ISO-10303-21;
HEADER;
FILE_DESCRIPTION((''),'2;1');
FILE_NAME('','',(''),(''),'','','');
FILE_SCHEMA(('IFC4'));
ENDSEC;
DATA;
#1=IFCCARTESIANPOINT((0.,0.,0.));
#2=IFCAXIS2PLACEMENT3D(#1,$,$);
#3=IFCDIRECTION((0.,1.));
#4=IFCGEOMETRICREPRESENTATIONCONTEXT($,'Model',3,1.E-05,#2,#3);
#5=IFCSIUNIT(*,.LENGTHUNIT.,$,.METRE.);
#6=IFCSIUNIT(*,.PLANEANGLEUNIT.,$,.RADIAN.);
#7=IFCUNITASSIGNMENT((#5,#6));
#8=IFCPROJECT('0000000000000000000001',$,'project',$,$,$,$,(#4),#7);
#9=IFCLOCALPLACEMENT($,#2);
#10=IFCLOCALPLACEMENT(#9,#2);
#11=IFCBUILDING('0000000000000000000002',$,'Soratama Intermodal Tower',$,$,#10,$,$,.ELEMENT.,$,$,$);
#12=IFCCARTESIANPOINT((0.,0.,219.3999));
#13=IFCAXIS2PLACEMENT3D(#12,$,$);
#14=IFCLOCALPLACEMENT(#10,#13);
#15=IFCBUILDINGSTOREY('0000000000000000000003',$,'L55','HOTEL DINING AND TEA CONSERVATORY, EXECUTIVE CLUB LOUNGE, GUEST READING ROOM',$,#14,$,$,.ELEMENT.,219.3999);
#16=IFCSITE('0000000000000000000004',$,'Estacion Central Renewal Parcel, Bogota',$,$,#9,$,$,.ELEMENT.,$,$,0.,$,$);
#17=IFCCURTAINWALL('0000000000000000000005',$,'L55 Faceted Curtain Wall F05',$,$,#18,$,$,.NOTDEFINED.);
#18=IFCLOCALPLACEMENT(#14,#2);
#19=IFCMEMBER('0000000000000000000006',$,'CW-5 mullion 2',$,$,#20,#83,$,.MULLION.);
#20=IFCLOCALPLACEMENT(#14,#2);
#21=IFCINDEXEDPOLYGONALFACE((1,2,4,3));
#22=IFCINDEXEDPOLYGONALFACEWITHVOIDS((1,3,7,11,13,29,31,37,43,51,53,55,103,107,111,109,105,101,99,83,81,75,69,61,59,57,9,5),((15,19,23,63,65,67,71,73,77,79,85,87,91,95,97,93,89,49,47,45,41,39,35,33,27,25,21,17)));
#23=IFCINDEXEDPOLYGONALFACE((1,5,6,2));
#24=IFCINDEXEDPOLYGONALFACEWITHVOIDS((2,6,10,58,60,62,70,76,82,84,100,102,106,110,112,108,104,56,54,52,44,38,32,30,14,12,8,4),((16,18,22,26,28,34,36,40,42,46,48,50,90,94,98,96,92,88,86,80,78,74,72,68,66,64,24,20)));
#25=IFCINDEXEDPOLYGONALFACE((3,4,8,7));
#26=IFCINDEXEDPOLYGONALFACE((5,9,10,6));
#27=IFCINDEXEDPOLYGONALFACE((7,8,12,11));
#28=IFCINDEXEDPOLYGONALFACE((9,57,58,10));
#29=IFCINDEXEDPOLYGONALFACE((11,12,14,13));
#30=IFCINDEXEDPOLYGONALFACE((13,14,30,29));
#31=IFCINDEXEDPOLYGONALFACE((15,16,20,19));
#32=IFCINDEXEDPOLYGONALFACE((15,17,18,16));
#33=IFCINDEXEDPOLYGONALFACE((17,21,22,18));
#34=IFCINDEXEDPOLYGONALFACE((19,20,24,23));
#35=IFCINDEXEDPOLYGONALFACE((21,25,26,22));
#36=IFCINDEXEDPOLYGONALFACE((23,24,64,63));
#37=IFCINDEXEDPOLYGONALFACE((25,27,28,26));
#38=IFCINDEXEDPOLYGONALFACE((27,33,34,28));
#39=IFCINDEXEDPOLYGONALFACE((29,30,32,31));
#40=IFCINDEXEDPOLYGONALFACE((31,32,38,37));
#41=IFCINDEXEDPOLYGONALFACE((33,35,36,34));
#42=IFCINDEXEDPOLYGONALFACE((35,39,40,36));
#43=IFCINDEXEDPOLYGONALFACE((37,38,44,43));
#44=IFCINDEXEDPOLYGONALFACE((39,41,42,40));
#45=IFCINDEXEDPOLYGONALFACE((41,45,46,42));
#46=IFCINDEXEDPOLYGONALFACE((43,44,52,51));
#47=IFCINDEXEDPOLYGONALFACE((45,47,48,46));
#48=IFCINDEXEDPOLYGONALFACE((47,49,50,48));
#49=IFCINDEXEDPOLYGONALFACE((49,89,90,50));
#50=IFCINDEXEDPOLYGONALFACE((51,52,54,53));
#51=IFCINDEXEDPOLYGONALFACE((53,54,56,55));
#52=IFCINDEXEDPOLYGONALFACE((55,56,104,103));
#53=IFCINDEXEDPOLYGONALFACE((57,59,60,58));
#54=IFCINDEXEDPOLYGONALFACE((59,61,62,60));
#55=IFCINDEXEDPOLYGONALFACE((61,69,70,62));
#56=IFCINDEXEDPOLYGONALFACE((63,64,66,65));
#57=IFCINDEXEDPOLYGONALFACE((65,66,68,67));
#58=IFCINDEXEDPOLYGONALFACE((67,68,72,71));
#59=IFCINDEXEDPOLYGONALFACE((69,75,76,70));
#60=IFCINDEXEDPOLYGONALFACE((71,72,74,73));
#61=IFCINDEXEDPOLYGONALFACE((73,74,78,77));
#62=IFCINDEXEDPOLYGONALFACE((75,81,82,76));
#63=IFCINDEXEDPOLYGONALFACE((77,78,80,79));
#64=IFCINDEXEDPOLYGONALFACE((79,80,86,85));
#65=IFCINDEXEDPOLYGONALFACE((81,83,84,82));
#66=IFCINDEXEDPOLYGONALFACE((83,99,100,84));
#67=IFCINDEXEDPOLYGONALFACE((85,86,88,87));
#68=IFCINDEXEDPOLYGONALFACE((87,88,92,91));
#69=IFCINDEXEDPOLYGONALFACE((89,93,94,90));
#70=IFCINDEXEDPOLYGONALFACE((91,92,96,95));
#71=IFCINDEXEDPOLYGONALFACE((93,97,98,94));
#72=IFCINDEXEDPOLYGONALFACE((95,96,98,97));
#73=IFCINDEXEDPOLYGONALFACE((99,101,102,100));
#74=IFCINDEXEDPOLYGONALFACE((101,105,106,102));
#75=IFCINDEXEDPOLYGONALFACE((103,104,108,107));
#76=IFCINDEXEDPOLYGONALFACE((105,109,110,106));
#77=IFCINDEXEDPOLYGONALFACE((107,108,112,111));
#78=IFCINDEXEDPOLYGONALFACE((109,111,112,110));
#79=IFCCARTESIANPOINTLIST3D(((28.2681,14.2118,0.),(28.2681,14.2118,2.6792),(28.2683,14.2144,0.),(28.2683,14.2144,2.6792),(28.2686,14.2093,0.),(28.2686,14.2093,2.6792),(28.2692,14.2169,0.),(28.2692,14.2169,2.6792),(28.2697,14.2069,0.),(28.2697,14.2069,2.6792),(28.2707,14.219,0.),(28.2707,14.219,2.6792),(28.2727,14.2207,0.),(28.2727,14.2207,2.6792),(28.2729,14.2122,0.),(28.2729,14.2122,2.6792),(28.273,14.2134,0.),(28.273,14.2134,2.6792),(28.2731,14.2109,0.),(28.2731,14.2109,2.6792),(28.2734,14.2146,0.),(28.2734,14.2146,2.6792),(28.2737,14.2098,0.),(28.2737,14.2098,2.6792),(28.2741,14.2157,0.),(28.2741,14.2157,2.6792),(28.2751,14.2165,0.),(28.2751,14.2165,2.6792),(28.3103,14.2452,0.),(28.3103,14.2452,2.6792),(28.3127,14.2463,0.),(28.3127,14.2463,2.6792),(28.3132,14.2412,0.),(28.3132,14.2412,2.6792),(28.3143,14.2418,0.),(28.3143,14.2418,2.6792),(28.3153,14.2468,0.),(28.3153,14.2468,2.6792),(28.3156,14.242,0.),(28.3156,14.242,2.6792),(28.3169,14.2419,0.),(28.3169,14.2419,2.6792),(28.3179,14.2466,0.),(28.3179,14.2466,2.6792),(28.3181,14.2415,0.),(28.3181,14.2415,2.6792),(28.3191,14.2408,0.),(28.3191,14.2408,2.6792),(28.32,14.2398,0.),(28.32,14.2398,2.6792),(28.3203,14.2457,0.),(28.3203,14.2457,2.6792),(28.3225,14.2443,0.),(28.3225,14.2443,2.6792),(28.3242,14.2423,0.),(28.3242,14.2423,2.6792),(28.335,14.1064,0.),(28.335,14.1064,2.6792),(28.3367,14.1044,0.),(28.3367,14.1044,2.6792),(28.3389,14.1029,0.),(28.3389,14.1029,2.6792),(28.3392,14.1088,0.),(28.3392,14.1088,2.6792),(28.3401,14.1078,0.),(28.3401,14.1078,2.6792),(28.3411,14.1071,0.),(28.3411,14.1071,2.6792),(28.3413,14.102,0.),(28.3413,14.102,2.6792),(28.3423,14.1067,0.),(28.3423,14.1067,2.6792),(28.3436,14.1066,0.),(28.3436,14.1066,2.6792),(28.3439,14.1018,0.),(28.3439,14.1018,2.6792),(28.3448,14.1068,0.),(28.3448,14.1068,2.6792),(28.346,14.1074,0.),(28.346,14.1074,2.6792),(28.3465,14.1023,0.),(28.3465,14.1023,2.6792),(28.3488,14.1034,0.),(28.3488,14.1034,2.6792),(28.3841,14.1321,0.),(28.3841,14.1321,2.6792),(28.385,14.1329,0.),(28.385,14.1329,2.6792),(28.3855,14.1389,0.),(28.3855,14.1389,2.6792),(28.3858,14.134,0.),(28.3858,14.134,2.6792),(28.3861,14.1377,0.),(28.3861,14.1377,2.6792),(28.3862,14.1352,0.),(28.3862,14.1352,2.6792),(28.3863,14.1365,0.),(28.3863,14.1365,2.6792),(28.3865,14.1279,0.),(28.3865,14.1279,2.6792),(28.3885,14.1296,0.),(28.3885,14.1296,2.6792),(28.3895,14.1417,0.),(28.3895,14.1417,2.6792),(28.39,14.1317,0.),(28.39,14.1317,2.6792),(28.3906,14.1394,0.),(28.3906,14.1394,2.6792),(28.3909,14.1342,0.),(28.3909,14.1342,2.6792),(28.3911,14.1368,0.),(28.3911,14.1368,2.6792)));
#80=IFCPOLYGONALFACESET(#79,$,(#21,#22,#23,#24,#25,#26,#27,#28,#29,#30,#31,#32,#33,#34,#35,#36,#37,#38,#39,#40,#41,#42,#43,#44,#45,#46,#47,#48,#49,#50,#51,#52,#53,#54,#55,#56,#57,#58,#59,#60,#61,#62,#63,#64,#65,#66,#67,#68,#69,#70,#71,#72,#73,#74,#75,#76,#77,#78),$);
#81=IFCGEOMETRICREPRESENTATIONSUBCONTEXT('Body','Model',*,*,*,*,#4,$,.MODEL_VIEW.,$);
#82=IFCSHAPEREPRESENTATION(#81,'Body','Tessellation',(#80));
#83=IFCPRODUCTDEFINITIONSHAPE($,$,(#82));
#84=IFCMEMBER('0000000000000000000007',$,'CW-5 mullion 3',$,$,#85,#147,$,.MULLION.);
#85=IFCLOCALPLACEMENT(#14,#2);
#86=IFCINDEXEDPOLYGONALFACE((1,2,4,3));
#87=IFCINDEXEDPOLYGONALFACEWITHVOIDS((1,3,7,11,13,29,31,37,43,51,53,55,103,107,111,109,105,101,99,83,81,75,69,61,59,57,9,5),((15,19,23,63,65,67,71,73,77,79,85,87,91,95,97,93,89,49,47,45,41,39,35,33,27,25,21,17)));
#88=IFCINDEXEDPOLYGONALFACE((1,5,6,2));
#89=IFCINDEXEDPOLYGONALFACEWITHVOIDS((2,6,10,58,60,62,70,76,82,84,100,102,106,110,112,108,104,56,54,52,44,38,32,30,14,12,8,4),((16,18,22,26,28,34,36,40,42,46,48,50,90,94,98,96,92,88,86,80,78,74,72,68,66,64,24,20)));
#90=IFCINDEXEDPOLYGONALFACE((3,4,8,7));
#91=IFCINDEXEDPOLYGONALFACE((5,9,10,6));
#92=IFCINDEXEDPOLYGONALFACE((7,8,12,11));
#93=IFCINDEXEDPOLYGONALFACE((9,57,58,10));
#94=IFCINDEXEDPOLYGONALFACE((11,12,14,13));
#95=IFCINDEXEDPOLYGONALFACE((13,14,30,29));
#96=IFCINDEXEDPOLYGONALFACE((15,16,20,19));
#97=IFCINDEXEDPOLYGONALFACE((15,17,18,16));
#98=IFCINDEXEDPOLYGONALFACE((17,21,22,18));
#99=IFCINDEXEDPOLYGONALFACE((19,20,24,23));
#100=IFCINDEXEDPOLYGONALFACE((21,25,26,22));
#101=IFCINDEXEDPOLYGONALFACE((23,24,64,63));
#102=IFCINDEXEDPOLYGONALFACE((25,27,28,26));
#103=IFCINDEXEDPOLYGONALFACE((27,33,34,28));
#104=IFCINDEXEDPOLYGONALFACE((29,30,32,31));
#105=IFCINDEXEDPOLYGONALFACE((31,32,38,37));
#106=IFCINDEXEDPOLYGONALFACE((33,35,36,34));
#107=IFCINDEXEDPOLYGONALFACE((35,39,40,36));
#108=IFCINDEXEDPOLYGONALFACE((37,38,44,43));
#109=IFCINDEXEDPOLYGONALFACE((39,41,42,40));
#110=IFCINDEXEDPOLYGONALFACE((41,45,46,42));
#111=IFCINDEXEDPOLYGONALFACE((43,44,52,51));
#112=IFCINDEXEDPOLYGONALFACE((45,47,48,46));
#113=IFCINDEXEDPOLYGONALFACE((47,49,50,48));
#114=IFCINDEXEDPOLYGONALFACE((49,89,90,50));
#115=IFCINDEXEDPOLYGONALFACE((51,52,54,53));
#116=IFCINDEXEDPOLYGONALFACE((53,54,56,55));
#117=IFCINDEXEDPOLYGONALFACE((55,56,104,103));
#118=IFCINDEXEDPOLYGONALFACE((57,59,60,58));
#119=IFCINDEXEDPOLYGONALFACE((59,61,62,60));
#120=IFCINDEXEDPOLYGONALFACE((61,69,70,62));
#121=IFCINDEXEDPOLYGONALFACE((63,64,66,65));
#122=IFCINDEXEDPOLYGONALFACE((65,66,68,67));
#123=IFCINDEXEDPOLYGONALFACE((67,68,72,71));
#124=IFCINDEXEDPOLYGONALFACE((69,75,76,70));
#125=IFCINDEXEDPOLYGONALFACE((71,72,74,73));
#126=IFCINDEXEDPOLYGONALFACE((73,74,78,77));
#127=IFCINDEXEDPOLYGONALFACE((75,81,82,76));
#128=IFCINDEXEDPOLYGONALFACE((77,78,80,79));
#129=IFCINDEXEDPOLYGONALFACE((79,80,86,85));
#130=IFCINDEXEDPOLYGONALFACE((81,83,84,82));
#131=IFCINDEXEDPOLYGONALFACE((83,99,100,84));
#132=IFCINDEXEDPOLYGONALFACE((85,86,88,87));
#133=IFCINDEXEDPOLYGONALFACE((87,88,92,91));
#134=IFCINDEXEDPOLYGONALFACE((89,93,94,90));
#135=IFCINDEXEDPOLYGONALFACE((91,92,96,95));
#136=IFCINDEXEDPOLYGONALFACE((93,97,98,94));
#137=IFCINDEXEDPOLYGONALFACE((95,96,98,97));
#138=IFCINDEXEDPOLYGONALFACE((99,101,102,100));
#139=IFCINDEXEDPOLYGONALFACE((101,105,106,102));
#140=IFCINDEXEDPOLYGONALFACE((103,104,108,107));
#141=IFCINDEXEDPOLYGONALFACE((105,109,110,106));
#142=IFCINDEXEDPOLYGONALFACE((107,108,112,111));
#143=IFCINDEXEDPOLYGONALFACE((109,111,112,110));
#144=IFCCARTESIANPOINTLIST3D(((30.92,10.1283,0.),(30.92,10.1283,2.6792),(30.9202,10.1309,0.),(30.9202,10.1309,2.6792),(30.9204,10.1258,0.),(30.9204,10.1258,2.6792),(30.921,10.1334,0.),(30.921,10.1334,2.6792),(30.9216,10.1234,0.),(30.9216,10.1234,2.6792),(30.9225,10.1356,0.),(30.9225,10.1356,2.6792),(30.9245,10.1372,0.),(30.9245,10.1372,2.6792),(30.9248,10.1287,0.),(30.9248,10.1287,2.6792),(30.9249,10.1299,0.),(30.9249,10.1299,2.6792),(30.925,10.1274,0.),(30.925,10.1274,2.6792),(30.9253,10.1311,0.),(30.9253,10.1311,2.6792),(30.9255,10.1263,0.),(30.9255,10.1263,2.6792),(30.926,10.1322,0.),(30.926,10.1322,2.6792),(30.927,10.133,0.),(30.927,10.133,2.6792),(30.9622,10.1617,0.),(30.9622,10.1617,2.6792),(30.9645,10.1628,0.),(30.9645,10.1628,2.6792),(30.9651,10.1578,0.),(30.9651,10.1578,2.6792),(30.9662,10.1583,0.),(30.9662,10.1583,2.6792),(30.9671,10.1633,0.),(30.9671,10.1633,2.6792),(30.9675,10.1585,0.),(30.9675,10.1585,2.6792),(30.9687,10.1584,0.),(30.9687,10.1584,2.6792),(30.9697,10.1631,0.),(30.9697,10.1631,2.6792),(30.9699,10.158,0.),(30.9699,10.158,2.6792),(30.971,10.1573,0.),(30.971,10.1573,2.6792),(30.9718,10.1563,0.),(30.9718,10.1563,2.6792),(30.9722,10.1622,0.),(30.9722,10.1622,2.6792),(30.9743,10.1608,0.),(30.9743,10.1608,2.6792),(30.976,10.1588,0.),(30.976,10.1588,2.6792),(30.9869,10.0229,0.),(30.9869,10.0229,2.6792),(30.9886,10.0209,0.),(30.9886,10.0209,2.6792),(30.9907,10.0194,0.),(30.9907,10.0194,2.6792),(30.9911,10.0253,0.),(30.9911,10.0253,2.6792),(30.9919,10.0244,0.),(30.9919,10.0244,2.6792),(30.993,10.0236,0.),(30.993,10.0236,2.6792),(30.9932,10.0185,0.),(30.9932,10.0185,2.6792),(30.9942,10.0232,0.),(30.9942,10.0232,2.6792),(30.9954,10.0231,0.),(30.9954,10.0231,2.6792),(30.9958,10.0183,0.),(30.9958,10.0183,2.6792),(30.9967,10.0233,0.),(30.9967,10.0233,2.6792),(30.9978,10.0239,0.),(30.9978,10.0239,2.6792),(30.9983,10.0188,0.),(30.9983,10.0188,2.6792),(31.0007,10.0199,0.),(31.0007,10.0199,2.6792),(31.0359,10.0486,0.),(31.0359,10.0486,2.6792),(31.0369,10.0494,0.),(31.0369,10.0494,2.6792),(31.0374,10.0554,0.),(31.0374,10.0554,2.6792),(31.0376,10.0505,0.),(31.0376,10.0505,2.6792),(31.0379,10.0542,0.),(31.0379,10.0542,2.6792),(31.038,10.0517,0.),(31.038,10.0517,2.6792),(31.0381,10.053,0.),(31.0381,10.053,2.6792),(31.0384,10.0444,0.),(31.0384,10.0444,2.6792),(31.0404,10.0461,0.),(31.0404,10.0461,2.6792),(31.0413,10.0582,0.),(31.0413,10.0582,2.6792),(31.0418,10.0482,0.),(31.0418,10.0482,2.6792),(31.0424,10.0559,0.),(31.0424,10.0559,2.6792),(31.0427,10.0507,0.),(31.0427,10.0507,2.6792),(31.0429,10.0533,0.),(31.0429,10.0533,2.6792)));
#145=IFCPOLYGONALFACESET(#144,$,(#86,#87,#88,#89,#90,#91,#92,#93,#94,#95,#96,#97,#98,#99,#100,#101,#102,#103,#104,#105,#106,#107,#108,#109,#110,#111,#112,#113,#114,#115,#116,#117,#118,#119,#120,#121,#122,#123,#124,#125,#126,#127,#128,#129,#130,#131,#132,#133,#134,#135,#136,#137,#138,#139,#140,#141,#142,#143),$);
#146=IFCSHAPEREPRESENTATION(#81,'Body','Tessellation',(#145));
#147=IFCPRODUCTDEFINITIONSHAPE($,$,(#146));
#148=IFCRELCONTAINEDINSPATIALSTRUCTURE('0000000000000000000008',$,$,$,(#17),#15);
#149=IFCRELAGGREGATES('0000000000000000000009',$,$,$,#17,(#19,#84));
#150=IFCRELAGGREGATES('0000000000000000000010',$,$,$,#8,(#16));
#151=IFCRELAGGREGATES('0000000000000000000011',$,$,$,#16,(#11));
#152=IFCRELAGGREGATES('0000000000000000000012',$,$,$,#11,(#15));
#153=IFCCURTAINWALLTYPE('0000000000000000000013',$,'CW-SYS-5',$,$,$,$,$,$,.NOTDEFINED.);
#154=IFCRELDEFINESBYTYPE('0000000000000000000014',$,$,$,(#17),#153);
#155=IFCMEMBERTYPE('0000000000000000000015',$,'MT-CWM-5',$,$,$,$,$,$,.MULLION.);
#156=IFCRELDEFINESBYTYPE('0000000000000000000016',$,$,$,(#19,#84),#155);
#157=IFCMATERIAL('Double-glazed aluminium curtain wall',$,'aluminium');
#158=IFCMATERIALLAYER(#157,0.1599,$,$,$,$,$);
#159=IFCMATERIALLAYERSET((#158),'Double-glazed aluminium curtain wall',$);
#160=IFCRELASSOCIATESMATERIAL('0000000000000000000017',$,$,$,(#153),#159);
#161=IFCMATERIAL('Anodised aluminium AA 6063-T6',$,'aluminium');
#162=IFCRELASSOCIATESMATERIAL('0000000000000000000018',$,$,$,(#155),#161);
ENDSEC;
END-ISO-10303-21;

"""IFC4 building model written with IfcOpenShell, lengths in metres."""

from ifc_helpers import new_model, si_unit, direction, frame, origin, origin_2d, place, context, subcontext, project, spatial, hollow_rectangle, extrude, material, layer, layer_set, material_profile, profile_set, type_object, element, aggregate, save


model = new_model("IFC4")

# Units and contexts
model_context = context("Model", 3, precision=1e-05, world=origin(), true_north=direction((0.0, 1.0)))
body_context = subcontext(model_context, "Body", "Model", "MODEL_VIEW")
ifc_project = project(units=[si_unit("LENGTHUNIT", "METRE"), si_unit("PLANEANGLEUNIT", "RADIAN")], contexts=[model_context])

# Site, building, storey
site_placement = place(None, origin())
site = spatial("IfcSite", under=ifc_project, at=site_placement, Name="Estacion Central Renewal Parcel, Bogota", CompositionType="ELEMENT", RefElevation=0.0)
building_placement = place(site_placement, origin())
building = spatial("IfcBuilding", under=site, at=building_placement, Name="Soratama Intermodal Tower", CompositionType="ELEMENT")
storey_placement = place(building_placement, frame((0.0, 0.0, 219.3999)))
storey = spatial("IfcBuildingStorey", under=building, at=storey_placement, Name="L55", Description="HOTEL DINING AND TEA CONSERVATORY, EXECUTIVE CLUB LOUNGE, GUEST READING ROOM", CompositionType="ELEMENT", Elevation=219.3999)

# Curtain wall, members
ifc_material_1 = material(Name="Double-glazed aluminium curtain wall", Category="aluminium")
ifc_layer_1 = layer(ifc_material_1, 0.1599)
ifc_layer_set_1 = layer_set([ifc_layer_1], Name="Double-glazed aluminium curtain wall")
curtain_wall_type = type_object("IfcCurtainWallType", Name="CW-SYS-5", PredefinedType="NOTDEFINED", material=ifc_layer_set_1)
curtain_wall_placement = place(storey_placement, origin())
curtain_wall = element("IfcCurtainWall", 1, at=curtain_wall_placement, inside=storey, type_object=curtain_wall_type, Name="L55 Faceted Curtain Wall F05", PredefinedType="NOTDEFINED")
ifc_material_2 = material(Name="Anodised aluminium AA 6063-T6", Category="aluminium")
ifc_material_profile_1 = material_profile(ifc_material_2, hollow_rectangle(XDim=0.0649, YDim=0.1399, WallThickness=0.0049, InnerFilletRadius=0.0049, OuterFilletRadius=0.01, at=origin_2d()), Name="CWM140X65X5")
ifc_profile_set_1 = profile_set([ifc_material_profile_1], Name="Anodised aluminium AA 6063-T6")
member_type_1 = type_object("IfcMemberType", Name="MT-CWM-5", PredefinedType="MULLION", material=ifc_profile_set_1)
member_1_placement = place(storey_placement, frame((28.3296, 14.1743, 0.0), z_axis=(0.0, 0.0, 1.0), x_axis=(0.83867, 0.54464, 0.0)))
member_1 = element("IfcMember", 2, at=member_1_placement, type_object=member_type_1, Name="CW-5 mullion 2", PredefinedType="MULLION", context=body_context, shape_type="SweptSolid", body=[
    extrude(hollow_rectangle(XDim=0.0649, YDim=0.1399, WallThickness=0.0049, InnerFilletRadius=0.0049, OuterFilletRadius=0.01, at=origin_2d()), origin(), (0.0, 0.0, 1.0), 2.6792),
])
member_2_placement = place(storey_placement, frame((30.9814, 10.0908, 0.0), z_axis=(0.0, 0.0, 1.0), x_axis=(0.83867, 0.54464, 0.0)))
member_2 = element("IfcMember", 3, at=member_2_placement, type_object=member_type_1, Name="CW-5 mullion 3", PredefinedType="MULLION", context=body_context, shape_type="SweptSolid", body=[
    extrude(hollow_rectangle(XDim=0.0649, YDim=0.1399, WallThickness=0.0049, InnerFilletRadius=0.0049, OuterFilletRadius=0.01, at=origin_2d()), origin(), (0.0, 0.0, 1.0), 2.6792),
])
aggregate(curtain_wall, [member_1, member_2])

save(model, "model.ifc")
